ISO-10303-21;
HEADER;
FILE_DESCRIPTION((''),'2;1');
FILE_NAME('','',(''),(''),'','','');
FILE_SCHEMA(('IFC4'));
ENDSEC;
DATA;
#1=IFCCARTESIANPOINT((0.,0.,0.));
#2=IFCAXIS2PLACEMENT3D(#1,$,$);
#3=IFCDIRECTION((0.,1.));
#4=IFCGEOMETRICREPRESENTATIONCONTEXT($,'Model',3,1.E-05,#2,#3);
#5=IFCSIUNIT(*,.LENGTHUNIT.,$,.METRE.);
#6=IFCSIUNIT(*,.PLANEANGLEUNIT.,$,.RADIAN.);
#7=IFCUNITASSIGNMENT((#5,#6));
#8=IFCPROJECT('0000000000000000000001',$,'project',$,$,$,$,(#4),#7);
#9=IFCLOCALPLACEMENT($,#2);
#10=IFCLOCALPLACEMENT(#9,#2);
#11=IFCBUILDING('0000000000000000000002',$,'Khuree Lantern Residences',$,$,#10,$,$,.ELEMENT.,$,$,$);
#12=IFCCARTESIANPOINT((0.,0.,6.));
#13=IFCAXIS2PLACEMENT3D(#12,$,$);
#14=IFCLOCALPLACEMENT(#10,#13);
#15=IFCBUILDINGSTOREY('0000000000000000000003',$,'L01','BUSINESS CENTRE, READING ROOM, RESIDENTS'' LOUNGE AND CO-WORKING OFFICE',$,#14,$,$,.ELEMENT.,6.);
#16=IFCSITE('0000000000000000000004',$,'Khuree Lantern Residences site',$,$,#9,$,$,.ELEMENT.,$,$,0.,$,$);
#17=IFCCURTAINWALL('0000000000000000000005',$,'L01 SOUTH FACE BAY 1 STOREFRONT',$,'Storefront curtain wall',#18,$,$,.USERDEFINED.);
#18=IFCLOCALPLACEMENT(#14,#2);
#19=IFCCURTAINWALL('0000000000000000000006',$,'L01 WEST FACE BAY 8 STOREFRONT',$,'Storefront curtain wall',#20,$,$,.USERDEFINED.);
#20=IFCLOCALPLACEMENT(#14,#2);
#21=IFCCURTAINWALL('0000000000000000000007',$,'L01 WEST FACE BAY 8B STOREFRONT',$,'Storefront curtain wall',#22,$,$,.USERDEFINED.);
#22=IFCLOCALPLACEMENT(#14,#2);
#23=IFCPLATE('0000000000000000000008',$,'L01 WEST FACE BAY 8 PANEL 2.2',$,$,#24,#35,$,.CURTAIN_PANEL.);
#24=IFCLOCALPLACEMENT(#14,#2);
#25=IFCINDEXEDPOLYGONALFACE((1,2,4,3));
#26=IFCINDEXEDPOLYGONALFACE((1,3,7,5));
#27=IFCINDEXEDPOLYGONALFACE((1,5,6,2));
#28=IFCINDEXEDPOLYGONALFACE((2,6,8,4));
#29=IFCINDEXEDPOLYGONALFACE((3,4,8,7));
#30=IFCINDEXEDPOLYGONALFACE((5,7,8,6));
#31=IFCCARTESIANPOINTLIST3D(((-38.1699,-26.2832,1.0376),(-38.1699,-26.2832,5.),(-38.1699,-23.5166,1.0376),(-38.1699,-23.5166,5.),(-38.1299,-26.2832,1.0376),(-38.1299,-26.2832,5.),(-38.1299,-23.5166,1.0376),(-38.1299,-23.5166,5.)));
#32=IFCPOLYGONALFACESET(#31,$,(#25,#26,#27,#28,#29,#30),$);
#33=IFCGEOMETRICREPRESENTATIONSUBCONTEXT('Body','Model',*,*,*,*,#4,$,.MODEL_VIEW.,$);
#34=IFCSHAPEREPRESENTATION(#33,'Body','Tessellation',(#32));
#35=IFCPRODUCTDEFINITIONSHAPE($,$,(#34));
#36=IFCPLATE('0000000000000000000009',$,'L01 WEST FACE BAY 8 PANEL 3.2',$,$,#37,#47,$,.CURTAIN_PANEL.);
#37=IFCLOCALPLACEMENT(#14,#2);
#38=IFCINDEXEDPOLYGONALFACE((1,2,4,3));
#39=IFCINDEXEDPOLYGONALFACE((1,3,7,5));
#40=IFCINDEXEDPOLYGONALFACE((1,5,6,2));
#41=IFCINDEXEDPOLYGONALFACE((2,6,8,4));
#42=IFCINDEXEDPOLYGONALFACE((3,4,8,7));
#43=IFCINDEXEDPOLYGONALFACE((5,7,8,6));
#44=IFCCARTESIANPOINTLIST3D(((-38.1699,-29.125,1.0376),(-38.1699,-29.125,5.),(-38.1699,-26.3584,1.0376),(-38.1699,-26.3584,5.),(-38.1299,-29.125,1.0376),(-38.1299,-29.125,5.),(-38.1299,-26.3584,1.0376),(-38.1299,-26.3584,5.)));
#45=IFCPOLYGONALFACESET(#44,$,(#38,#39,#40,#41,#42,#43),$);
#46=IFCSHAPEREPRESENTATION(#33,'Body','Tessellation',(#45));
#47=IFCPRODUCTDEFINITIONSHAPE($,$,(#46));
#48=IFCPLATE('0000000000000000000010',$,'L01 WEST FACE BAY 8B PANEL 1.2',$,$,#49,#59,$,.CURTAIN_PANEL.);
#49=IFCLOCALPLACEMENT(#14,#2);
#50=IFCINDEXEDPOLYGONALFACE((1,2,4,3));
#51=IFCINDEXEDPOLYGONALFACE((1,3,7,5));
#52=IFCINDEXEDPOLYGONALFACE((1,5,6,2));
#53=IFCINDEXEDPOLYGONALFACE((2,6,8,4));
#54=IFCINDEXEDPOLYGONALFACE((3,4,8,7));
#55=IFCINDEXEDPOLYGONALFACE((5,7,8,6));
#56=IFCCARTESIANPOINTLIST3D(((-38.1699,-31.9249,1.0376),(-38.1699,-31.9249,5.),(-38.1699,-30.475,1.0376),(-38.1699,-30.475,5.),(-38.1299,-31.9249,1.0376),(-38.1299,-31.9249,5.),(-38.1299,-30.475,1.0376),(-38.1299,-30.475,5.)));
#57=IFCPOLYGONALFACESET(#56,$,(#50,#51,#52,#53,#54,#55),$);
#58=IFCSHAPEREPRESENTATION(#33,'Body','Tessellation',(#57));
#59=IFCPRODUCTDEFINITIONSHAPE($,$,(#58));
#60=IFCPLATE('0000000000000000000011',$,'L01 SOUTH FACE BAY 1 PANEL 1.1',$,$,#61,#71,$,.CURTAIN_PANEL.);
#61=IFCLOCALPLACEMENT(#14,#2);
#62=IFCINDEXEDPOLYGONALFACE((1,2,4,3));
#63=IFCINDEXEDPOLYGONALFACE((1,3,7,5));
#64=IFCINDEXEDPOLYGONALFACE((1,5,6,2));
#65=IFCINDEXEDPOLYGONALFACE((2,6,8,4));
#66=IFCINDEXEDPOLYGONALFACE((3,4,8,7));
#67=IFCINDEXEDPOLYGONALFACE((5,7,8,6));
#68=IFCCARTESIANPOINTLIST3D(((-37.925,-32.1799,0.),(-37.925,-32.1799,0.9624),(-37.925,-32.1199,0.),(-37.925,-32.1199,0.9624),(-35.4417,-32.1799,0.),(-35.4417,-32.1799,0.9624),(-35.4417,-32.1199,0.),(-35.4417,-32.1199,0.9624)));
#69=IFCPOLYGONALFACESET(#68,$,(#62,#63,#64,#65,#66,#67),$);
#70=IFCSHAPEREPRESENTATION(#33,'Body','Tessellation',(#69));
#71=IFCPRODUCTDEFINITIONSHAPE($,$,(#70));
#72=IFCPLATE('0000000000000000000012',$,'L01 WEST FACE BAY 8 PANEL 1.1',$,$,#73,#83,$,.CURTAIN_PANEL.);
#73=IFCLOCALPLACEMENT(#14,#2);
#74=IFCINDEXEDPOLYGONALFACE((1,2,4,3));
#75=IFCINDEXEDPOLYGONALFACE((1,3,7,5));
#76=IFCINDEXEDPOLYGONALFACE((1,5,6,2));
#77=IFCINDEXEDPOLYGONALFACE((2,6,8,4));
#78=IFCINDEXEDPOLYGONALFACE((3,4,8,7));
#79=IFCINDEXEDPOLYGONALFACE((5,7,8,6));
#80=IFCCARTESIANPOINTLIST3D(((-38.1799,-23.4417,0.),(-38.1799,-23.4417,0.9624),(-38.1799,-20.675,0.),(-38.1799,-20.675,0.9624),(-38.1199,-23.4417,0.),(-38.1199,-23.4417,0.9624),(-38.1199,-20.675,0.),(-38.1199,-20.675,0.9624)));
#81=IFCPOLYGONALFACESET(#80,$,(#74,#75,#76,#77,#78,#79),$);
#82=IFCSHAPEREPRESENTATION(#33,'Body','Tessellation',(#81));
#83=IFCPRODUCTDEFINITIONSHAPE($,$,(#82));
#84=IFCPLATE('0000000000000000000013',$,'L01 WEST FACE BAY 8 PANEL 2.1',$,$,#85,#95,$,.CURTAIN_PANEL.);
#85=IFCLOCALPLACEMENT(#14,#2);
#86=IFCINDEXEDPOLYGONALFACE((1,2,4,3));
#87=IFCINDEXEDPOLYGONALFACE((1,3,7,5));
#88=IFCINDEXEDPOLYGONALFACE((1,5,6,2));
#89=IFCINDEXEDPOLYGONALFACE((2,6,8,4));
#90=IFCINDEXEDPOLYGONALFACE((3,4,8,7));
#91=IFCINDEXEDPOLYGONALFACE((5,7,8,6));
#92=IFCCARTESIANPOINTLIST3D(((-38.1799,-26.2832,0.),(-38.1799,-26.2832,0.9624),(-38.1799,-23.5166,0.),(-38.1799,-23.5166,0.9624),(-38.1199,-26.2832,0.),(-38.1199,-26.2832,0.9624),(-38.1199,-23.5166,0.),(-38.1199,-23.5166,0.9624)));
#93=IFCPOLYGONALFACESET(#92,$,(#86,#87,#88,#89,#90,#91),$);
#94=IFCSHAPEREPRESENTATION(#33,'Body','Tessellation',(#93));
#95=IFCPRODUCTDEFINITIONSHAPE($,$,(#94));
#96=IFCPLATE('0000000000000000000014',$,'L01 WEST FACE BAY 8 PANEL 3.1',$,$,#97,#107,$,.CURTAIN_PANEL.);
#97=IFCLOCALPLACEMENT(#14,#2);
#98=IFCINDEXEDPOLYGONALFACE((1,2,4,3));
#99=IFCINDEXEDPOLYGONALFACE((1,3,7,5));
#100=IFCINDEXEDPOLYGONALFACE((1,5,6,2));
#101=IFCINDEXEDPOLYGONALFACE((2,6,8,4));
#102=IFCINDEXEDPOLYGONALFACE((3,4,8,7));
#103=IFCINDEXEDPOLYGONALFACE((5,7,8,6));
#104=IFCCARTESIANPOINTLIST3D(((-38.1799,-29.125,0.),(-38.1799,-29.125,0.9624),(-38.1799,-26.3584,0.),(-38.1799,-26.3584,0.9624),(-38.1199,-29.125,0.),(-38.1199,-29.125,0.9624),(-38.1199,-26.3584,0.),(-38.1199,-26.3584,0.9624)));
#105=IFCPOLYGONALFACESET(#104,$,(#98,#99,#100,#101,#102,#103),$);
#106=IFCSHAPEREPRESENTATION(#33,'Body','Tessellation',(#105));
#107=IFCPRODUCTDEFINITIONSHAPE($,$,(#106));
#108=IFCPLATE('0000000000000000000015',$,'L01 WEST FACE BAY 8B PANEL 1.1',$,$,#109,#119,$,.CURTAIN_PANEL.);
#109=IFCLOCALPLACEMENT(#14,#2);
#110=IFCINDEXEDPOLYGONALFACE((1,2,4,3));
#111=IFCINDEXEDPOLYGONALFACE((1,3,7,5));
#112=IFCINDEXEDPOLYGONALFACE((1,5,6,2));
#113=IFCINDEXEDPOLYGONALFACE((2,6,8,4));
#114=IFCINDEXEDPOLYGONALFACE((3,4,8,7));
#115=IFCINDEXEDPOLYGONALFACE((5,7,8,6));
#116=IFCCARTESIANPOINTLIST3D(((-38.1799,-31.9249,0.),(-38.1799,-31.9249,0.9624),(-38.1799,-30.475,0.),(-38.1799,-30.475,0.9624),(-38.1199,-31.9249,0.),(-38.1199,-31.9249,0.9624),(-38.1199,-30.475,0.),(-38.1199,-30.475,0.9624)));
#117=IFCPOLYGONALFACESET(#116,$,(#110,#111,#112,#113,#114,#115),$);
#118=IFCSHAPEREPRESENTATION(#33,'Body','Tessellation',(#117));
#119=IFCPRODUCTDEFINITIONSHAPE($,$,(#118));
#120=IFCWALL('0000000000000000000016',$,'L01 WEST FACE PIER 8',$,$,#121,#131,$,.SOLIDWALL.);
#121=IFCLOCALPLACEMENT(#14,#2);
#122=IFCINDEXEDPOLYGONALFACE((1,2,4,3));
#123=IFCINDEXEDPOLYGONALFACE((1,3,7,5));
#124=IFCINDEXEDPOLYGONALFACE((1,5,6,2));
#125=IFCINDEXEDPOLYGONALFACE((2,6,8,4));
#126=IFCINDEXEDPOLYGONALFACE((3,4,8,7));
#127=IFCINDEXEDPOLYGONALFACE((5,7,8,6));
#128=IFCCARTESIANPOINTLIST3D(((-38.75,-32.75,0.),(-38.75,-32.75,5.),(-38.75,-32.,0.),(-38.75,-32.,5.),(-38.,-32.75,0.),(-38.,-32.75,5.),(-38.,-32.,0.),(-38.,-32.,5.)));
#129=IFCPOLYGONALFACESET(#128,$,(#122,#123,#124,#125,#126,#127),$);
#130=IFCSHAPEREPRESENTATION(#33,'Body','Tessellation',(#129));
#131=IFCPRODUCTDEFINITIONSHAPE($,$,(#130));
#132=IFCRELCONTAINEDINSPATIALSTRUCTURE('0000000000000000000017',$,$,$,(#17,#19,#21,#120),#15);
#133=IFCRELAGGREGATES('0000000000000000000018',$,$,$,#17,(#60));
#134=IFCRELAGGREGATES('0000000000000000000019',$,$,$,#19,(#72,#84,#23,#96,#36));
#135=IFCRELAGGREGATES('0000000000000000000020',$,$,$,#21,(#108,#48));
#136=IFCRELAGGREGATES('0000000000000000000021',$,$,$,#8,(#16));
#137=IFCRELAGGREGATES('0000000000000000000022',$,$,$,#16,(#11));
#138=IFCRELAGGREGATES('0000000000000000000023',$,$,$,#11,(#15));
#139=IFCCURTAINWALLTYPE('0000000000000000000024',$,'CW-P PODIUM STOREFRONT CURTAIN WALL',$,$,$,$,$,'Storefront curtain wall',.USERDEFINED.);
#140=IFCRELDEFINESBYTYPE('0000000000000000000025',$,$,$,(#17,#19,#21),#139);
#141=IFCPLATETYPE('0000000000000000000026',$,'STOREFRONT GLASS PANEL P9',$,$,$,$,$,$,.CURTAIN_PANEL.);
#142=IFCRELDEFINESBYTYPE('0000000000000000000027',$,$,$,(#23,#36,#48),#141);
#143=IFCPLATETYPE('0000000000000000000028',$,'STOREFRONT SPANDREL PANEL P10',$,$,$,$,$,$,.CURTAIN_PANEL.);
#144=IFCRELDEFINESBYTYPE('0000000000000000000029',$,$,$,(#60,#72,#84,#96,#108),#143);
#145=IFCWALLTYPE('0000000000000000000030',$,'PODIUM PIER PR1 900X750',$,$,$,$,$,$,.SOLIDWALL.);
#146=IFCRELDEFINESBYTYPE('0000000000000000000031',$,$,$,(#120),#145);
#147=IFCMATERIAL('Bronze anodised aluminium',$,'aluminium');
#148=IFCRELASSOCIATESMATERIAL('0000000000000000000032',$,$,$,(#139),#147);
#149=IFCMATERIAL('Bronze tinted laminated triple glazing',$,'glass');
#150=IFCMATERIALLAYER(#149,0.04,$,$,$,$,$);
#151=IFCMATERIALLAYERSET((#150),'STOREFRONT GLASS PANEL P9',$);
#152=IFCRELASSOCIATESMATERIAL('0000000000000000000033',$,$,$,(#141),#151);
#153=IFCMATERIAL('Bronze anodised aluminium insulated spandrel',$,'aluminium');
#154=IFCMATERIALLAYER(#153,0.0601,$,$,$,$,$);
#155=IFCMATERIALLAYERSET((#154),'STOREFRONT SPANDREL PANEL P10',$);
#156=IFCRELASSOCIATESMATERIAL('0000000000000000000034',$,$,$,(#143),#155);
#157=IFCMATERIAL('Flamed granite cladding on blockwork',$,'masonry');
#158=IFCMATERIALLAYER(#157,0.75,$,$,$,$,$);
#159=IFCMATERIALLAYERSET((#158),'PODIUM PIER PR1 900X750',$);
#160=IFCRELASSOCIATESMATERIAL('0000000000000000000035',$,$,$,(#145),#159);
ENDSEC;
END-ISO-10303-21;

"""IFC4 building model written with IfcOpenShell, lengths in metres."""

from ifc_helpers import new_model, si_unit, direction, frame, frame_2d, origin, origin_2d, place, context, subcontext, project, spatial, rectangle, extrude, material, layer, layer_set, type_object, element, aggregate, save


model = new_model("IFC4")

# Units and contexts
model_context = context("Model", 3, precision=1e-05, world=origin(), true_north=direction((0.0, 1.0)))
body_context = subcontext(model_context, "Body", "Model", "MODEL_VIEW")
ifc_project = project(units=[si_unit("LENGTHUNIT", "METRE"), si_unit("PLANEANGLEUNIT", "RADIAN")], contexts=[model_context])

# Site, building, storey
site_placement = place(None, origin())
site = spatial("IfcSite", under=ifc_project, at=site_placement, Name="Khuree Lantern Residences site", CompositionType="ELEMENT", RefElevation=0.0)
building_placement = place(site_placement, origin())
building = spatial("IfcBuilding", under=site, at=building_placement, Name="Khuree Lantern Residences", CompositionType="ELEMENT")
storey_placement = place(building_placement, frame((0.0, 0.0, 6.0)))
storey = spatial("IfcBuildingStorey", under=building, at=storey_placement, Name="L01", Description="BUSINESS CENTRE, READING ROOM, RESIDENTS' LOUNGE AND CO-WORKING OFFICE", CompositionType="ELEMENT", Elevation=6.0)

# Curtain walls
ifc_material_1 = material(Name="Bronze anodised aluminium", Category="aluminium")
curtain_wall_type = type_object("IfcCurtainWallType", Name="CW-P PODIUM STOREFRONT CURTAIN WALL", ElementType="Storefront curtain wall", PredefinedType="USERDEFINED", material=ifc_material_1)
curtain_wall_1_placement = place(storey_placement, origin())
curtain_wall_1 = element("IfcCurtainWall", 1, at=curtain_wall_1_placement, inside=storey, type_object=curtain_wall_type, Name="L01 SOUTH FACE BAY 1 STOREFRONT", ObjectType="Storefront curtain wall", PredefinedType="USERDEFINED")
curtain_wall_2_placement = place(storey_placement, origin())
curtain_wall_2 = element("IfcCurtainWall", 2, at=curtain_wall_2_placement, inside=storey, type_object=curtain_wall_type, Name="L01 WEST FACE BAY 8 STOREFRONT", ObjectType="Storefront curtain wall", PredefinedType="USERDEFINED")
curtain_wall_3_placement = place(storey_placement, origin())
curtain_wall_3 = element("IfcCurtainWall", 3, at=curtain_wall_3_placement, inside=storey, type_object=curtain_wall_type, Name="L01 WEST FACE BAY 8B STOREFRONT", ObjectType="Storefront curtain wall", PredefinedType="USERDEFINED")

# Plates
ifc_material_2 = material(Name="Bronze tinted laminated triple glazing", Category="glass")
ifc_layer_1 = layer(ifc_material_2, 0.04)
ifc_layer_set_1 = layer_set([ifc_layer_1], Name="STOREFRONT GLASS PANEL P9")
plate_type_1 = type_object("IfcPlateType", Name="STOREFRONT GLASS PANEL P9", PredefinedType="CURTAIN_PANEL", material=ifc_layer_set_1)
plate_1_placement = place(storey_placement, frame((-38.1499, -24.8999, 1.0376), z_axis=(0.0, 0.0, 1.0), x_axis=(0.0, -1.0, 0.0)))
plate_1 = element("IfcPlate", 4, at=plate_1_placement, type_object=plate_type_1, Name="L01 WEST FACE BAY 8 PANEL 2.2", PredefinedType="CURTAIN_PANEL", context=body_context, shape_type="SweptSolid", body=[
    extrude(rectangle(XDim=2.7666, YDim=0.04, at=origin_2d()), origin(), (0.0, 0.0, 1.0), 3.9624),
])
plate_2_placement = place(storey_placement, frame((-38.1499, -27.7417, 1.0376), z_axis=(0.0, 0.0, 1.0), x_axis=(0.0, -1.0, 0.0)))
plate_2 = element("IfcPlate", 5, at=plate_2_placement, type_object=plate_type_1, Name="L01 WEST FACE BAY 8 PANEL 3.2", PredefinedType="CURTAIN_PANEL", context=body_context, shape_type="SweptSolid", body=[
    extrude(rectangle(XDim=2.7666, YDim=0.04, at=origin_2d()), origin(), (0.0, 0.0, 1.0), 3.9624),
])
plate_3_placement = place(storey_placement, frame((-38.1499, -31.2, 1.0376), z_axis=(0.0, 0.0, 1.0), x_axis=(0.0, -1.0, 0.0)))
plate_3 = element("IfcPlate", 6, at=plate_3_placement, type_object=plate_type_1, Name="L01 WEST FACE BAY 8B PANEL 1.2", PredefinedType="CURTAIN_PANEL", context=body_context, shape_type="SweptSolid", body=[
    extrude(rectangle(XDim=1.45, YDim=0.04, at=origin_2d()), origin(), (0.0, 0.0, 1.0), 3.9624),
])
ifc_material_3 = material(Name="Bronze anodised aluminium insulated spandrel", Category="aluminium")
ifc_layer_2 = layer(ifc_material_3, 0.0601)
ifc_layer_set_2 = layer_set([ifc_layer_2], Name="STOREFRONT SPANDREL PANEL P10")
plate_type_2 = type_object("IfcPlateType", Name="STOREFRONT SPANDREL PANEL P10", PredefinedType="CURTAIN_PANEL", material=ifc_layer_set_2)
plate_4_placement = place(storey_placement, frame((-36.6833, -32.1499, 0.0), z_axis=(0.0, 0.0, 1.0), x_axis=(1.0, 0.0, 0.0)))
plate_4 = element("IfcPlate", 7, at=plate_4_placement, type_object=plate_type_2, Name="L01 SOUTH FACE BAY 1 PANEL 1.1", PredefinedType="CURTAIN_PANEL", context=body_context, shape_type="SweptSolid", body=[
    extrude(rectangle(XDim=2.4834, YDim=0.0601, at=origin_2d()), origin(), (0.0, 0.0, 1.0), 0.9624),
])
aggregate(curtain_wall_1, [plate_4])
plate_5_placement = place(storey_placement, frame((-38.1499, -22.0583, 0.0), z_axis=(0.0, 0.0, 1.0), x_axis=(0.0, -1.0, 0.0)))
plate_5 = element("IfcPlate", 8, at=plate_5_placement, type_object=plate_type_2, Name="L01 WEST FACE BAY 8 PANEL 1.1", PredefinedType="CURTAIN_PANEL", context=body_context, shape_type="SweptSolid", body=[
    extrude(rectangle(XDim=2.7666, YDim=0.0601, at=origin_2d()), origin(), (0.0, 0.0, 1.0), 0.9624),
])
plate_6_placement = place(storey_placement, frame((-38.1499, -24.8999, 0.0), z_axis=(0.0, 0.0, 1.0), x_axis=(0.0, -1.0, 0.0)))
plate_6 = element("IfcPlate", 9, at=plate_6_placement, type_object=plate_type_2, Name="L01 WEST FACE BAY 8 PANEL 2.1", PredefinedType="CURTAIN_PANEL", context=body_context, shape_type="SweptSolid", body=[
    extrude(rectangle(XDim=2.7666, YDim=0.0601, at=origin_2d()), origin(), (0.0, 0.0, 1.0), 0.9624),
])
plate_7_placement = place(storey_placement, frame((-38.1499, -27.7417, 0.0), z_axis=(0.0, 0.0, 1.0), x_axis=(0.0, -1.0, 0.0)))
plate_7 = element("IfcPlate", 10, at=plate_7_placement, type_object=plate_type_2, Name="L01 WEST FACE BAY 8 PANEL 3.1", PredefinedType="CURTAIN_PANEL", context=body_context, shape_type="SweptSolid", body=[
    extrude(rectangle(XDim=2.7666, YDim=0.0601, at=origin_2d()), origin(), (0.0, 0.0, 1.0), 0.9624),
])
aggregate(curtain_wall_2, [plate_5, plate_6, plate_1, plate_7, plate_2])
plate_8_placement = place(storey_placement, frame((-38.1499, -31.2, 0.0), z_axis=(0.0, 0.0, 1.0), x_axis=(0.0, -1.0, 0.0)))
plate_8 = element("IfcPlate", 11, at=plate_8_placement, type_object=plate_type_2, Name="L01 WEST FACE BAY 8B PANEL 1.1", PredefinedType="CURTAIN_PANEL", context=body_context, shape_type="SweptSolid", body=[
    extrude(rectangle(XDim=1.45, YDim=0.0601, at=origin_2d()), origin(), (0.0, 0.0, 1.0), 0.9624),
])
aggregate(curtain_wall_3, [plate_8, plate_3])

# Wall
ifc_material_4 = material(Name="Flamed granite cladding on blockwork", Category="masonry")
ifc_layer_3 = layer(ifc_material_4, 0.75)
ifc_layer_set_3 = layer_set([ifc_layer_3], Name="PODIUM PIER PR1 900X750")
wall_type = type_object("IfcWallType", Name="PODIUM PIER PR1 900X750", PredefinedType="SOLIDWALL", material=ifc_layer_set_3)
wall_placement = place(storey_placement, frame((-38.375, -32.0, 0.0), z_axis=(0.0, 0.0, 1.0), x_axis=(0.0, -1.0, 0.0)))
element("IfcWall", 12, at=wall_placement, inside=storey, type_object=wall_type, Name="L01 WEST FACE PIER 8", PredefinedType="SOLIDWALL", context=body_context, shape_type="SweptSolid", body=[
    extrude(rectangle(XDim=0.75, YDim=0.75, at=frame_2d((0.375, 0.0))), origin(), (0.0, 0.0, 1.0), 5.0),
])

save(model, "model.ifc")
